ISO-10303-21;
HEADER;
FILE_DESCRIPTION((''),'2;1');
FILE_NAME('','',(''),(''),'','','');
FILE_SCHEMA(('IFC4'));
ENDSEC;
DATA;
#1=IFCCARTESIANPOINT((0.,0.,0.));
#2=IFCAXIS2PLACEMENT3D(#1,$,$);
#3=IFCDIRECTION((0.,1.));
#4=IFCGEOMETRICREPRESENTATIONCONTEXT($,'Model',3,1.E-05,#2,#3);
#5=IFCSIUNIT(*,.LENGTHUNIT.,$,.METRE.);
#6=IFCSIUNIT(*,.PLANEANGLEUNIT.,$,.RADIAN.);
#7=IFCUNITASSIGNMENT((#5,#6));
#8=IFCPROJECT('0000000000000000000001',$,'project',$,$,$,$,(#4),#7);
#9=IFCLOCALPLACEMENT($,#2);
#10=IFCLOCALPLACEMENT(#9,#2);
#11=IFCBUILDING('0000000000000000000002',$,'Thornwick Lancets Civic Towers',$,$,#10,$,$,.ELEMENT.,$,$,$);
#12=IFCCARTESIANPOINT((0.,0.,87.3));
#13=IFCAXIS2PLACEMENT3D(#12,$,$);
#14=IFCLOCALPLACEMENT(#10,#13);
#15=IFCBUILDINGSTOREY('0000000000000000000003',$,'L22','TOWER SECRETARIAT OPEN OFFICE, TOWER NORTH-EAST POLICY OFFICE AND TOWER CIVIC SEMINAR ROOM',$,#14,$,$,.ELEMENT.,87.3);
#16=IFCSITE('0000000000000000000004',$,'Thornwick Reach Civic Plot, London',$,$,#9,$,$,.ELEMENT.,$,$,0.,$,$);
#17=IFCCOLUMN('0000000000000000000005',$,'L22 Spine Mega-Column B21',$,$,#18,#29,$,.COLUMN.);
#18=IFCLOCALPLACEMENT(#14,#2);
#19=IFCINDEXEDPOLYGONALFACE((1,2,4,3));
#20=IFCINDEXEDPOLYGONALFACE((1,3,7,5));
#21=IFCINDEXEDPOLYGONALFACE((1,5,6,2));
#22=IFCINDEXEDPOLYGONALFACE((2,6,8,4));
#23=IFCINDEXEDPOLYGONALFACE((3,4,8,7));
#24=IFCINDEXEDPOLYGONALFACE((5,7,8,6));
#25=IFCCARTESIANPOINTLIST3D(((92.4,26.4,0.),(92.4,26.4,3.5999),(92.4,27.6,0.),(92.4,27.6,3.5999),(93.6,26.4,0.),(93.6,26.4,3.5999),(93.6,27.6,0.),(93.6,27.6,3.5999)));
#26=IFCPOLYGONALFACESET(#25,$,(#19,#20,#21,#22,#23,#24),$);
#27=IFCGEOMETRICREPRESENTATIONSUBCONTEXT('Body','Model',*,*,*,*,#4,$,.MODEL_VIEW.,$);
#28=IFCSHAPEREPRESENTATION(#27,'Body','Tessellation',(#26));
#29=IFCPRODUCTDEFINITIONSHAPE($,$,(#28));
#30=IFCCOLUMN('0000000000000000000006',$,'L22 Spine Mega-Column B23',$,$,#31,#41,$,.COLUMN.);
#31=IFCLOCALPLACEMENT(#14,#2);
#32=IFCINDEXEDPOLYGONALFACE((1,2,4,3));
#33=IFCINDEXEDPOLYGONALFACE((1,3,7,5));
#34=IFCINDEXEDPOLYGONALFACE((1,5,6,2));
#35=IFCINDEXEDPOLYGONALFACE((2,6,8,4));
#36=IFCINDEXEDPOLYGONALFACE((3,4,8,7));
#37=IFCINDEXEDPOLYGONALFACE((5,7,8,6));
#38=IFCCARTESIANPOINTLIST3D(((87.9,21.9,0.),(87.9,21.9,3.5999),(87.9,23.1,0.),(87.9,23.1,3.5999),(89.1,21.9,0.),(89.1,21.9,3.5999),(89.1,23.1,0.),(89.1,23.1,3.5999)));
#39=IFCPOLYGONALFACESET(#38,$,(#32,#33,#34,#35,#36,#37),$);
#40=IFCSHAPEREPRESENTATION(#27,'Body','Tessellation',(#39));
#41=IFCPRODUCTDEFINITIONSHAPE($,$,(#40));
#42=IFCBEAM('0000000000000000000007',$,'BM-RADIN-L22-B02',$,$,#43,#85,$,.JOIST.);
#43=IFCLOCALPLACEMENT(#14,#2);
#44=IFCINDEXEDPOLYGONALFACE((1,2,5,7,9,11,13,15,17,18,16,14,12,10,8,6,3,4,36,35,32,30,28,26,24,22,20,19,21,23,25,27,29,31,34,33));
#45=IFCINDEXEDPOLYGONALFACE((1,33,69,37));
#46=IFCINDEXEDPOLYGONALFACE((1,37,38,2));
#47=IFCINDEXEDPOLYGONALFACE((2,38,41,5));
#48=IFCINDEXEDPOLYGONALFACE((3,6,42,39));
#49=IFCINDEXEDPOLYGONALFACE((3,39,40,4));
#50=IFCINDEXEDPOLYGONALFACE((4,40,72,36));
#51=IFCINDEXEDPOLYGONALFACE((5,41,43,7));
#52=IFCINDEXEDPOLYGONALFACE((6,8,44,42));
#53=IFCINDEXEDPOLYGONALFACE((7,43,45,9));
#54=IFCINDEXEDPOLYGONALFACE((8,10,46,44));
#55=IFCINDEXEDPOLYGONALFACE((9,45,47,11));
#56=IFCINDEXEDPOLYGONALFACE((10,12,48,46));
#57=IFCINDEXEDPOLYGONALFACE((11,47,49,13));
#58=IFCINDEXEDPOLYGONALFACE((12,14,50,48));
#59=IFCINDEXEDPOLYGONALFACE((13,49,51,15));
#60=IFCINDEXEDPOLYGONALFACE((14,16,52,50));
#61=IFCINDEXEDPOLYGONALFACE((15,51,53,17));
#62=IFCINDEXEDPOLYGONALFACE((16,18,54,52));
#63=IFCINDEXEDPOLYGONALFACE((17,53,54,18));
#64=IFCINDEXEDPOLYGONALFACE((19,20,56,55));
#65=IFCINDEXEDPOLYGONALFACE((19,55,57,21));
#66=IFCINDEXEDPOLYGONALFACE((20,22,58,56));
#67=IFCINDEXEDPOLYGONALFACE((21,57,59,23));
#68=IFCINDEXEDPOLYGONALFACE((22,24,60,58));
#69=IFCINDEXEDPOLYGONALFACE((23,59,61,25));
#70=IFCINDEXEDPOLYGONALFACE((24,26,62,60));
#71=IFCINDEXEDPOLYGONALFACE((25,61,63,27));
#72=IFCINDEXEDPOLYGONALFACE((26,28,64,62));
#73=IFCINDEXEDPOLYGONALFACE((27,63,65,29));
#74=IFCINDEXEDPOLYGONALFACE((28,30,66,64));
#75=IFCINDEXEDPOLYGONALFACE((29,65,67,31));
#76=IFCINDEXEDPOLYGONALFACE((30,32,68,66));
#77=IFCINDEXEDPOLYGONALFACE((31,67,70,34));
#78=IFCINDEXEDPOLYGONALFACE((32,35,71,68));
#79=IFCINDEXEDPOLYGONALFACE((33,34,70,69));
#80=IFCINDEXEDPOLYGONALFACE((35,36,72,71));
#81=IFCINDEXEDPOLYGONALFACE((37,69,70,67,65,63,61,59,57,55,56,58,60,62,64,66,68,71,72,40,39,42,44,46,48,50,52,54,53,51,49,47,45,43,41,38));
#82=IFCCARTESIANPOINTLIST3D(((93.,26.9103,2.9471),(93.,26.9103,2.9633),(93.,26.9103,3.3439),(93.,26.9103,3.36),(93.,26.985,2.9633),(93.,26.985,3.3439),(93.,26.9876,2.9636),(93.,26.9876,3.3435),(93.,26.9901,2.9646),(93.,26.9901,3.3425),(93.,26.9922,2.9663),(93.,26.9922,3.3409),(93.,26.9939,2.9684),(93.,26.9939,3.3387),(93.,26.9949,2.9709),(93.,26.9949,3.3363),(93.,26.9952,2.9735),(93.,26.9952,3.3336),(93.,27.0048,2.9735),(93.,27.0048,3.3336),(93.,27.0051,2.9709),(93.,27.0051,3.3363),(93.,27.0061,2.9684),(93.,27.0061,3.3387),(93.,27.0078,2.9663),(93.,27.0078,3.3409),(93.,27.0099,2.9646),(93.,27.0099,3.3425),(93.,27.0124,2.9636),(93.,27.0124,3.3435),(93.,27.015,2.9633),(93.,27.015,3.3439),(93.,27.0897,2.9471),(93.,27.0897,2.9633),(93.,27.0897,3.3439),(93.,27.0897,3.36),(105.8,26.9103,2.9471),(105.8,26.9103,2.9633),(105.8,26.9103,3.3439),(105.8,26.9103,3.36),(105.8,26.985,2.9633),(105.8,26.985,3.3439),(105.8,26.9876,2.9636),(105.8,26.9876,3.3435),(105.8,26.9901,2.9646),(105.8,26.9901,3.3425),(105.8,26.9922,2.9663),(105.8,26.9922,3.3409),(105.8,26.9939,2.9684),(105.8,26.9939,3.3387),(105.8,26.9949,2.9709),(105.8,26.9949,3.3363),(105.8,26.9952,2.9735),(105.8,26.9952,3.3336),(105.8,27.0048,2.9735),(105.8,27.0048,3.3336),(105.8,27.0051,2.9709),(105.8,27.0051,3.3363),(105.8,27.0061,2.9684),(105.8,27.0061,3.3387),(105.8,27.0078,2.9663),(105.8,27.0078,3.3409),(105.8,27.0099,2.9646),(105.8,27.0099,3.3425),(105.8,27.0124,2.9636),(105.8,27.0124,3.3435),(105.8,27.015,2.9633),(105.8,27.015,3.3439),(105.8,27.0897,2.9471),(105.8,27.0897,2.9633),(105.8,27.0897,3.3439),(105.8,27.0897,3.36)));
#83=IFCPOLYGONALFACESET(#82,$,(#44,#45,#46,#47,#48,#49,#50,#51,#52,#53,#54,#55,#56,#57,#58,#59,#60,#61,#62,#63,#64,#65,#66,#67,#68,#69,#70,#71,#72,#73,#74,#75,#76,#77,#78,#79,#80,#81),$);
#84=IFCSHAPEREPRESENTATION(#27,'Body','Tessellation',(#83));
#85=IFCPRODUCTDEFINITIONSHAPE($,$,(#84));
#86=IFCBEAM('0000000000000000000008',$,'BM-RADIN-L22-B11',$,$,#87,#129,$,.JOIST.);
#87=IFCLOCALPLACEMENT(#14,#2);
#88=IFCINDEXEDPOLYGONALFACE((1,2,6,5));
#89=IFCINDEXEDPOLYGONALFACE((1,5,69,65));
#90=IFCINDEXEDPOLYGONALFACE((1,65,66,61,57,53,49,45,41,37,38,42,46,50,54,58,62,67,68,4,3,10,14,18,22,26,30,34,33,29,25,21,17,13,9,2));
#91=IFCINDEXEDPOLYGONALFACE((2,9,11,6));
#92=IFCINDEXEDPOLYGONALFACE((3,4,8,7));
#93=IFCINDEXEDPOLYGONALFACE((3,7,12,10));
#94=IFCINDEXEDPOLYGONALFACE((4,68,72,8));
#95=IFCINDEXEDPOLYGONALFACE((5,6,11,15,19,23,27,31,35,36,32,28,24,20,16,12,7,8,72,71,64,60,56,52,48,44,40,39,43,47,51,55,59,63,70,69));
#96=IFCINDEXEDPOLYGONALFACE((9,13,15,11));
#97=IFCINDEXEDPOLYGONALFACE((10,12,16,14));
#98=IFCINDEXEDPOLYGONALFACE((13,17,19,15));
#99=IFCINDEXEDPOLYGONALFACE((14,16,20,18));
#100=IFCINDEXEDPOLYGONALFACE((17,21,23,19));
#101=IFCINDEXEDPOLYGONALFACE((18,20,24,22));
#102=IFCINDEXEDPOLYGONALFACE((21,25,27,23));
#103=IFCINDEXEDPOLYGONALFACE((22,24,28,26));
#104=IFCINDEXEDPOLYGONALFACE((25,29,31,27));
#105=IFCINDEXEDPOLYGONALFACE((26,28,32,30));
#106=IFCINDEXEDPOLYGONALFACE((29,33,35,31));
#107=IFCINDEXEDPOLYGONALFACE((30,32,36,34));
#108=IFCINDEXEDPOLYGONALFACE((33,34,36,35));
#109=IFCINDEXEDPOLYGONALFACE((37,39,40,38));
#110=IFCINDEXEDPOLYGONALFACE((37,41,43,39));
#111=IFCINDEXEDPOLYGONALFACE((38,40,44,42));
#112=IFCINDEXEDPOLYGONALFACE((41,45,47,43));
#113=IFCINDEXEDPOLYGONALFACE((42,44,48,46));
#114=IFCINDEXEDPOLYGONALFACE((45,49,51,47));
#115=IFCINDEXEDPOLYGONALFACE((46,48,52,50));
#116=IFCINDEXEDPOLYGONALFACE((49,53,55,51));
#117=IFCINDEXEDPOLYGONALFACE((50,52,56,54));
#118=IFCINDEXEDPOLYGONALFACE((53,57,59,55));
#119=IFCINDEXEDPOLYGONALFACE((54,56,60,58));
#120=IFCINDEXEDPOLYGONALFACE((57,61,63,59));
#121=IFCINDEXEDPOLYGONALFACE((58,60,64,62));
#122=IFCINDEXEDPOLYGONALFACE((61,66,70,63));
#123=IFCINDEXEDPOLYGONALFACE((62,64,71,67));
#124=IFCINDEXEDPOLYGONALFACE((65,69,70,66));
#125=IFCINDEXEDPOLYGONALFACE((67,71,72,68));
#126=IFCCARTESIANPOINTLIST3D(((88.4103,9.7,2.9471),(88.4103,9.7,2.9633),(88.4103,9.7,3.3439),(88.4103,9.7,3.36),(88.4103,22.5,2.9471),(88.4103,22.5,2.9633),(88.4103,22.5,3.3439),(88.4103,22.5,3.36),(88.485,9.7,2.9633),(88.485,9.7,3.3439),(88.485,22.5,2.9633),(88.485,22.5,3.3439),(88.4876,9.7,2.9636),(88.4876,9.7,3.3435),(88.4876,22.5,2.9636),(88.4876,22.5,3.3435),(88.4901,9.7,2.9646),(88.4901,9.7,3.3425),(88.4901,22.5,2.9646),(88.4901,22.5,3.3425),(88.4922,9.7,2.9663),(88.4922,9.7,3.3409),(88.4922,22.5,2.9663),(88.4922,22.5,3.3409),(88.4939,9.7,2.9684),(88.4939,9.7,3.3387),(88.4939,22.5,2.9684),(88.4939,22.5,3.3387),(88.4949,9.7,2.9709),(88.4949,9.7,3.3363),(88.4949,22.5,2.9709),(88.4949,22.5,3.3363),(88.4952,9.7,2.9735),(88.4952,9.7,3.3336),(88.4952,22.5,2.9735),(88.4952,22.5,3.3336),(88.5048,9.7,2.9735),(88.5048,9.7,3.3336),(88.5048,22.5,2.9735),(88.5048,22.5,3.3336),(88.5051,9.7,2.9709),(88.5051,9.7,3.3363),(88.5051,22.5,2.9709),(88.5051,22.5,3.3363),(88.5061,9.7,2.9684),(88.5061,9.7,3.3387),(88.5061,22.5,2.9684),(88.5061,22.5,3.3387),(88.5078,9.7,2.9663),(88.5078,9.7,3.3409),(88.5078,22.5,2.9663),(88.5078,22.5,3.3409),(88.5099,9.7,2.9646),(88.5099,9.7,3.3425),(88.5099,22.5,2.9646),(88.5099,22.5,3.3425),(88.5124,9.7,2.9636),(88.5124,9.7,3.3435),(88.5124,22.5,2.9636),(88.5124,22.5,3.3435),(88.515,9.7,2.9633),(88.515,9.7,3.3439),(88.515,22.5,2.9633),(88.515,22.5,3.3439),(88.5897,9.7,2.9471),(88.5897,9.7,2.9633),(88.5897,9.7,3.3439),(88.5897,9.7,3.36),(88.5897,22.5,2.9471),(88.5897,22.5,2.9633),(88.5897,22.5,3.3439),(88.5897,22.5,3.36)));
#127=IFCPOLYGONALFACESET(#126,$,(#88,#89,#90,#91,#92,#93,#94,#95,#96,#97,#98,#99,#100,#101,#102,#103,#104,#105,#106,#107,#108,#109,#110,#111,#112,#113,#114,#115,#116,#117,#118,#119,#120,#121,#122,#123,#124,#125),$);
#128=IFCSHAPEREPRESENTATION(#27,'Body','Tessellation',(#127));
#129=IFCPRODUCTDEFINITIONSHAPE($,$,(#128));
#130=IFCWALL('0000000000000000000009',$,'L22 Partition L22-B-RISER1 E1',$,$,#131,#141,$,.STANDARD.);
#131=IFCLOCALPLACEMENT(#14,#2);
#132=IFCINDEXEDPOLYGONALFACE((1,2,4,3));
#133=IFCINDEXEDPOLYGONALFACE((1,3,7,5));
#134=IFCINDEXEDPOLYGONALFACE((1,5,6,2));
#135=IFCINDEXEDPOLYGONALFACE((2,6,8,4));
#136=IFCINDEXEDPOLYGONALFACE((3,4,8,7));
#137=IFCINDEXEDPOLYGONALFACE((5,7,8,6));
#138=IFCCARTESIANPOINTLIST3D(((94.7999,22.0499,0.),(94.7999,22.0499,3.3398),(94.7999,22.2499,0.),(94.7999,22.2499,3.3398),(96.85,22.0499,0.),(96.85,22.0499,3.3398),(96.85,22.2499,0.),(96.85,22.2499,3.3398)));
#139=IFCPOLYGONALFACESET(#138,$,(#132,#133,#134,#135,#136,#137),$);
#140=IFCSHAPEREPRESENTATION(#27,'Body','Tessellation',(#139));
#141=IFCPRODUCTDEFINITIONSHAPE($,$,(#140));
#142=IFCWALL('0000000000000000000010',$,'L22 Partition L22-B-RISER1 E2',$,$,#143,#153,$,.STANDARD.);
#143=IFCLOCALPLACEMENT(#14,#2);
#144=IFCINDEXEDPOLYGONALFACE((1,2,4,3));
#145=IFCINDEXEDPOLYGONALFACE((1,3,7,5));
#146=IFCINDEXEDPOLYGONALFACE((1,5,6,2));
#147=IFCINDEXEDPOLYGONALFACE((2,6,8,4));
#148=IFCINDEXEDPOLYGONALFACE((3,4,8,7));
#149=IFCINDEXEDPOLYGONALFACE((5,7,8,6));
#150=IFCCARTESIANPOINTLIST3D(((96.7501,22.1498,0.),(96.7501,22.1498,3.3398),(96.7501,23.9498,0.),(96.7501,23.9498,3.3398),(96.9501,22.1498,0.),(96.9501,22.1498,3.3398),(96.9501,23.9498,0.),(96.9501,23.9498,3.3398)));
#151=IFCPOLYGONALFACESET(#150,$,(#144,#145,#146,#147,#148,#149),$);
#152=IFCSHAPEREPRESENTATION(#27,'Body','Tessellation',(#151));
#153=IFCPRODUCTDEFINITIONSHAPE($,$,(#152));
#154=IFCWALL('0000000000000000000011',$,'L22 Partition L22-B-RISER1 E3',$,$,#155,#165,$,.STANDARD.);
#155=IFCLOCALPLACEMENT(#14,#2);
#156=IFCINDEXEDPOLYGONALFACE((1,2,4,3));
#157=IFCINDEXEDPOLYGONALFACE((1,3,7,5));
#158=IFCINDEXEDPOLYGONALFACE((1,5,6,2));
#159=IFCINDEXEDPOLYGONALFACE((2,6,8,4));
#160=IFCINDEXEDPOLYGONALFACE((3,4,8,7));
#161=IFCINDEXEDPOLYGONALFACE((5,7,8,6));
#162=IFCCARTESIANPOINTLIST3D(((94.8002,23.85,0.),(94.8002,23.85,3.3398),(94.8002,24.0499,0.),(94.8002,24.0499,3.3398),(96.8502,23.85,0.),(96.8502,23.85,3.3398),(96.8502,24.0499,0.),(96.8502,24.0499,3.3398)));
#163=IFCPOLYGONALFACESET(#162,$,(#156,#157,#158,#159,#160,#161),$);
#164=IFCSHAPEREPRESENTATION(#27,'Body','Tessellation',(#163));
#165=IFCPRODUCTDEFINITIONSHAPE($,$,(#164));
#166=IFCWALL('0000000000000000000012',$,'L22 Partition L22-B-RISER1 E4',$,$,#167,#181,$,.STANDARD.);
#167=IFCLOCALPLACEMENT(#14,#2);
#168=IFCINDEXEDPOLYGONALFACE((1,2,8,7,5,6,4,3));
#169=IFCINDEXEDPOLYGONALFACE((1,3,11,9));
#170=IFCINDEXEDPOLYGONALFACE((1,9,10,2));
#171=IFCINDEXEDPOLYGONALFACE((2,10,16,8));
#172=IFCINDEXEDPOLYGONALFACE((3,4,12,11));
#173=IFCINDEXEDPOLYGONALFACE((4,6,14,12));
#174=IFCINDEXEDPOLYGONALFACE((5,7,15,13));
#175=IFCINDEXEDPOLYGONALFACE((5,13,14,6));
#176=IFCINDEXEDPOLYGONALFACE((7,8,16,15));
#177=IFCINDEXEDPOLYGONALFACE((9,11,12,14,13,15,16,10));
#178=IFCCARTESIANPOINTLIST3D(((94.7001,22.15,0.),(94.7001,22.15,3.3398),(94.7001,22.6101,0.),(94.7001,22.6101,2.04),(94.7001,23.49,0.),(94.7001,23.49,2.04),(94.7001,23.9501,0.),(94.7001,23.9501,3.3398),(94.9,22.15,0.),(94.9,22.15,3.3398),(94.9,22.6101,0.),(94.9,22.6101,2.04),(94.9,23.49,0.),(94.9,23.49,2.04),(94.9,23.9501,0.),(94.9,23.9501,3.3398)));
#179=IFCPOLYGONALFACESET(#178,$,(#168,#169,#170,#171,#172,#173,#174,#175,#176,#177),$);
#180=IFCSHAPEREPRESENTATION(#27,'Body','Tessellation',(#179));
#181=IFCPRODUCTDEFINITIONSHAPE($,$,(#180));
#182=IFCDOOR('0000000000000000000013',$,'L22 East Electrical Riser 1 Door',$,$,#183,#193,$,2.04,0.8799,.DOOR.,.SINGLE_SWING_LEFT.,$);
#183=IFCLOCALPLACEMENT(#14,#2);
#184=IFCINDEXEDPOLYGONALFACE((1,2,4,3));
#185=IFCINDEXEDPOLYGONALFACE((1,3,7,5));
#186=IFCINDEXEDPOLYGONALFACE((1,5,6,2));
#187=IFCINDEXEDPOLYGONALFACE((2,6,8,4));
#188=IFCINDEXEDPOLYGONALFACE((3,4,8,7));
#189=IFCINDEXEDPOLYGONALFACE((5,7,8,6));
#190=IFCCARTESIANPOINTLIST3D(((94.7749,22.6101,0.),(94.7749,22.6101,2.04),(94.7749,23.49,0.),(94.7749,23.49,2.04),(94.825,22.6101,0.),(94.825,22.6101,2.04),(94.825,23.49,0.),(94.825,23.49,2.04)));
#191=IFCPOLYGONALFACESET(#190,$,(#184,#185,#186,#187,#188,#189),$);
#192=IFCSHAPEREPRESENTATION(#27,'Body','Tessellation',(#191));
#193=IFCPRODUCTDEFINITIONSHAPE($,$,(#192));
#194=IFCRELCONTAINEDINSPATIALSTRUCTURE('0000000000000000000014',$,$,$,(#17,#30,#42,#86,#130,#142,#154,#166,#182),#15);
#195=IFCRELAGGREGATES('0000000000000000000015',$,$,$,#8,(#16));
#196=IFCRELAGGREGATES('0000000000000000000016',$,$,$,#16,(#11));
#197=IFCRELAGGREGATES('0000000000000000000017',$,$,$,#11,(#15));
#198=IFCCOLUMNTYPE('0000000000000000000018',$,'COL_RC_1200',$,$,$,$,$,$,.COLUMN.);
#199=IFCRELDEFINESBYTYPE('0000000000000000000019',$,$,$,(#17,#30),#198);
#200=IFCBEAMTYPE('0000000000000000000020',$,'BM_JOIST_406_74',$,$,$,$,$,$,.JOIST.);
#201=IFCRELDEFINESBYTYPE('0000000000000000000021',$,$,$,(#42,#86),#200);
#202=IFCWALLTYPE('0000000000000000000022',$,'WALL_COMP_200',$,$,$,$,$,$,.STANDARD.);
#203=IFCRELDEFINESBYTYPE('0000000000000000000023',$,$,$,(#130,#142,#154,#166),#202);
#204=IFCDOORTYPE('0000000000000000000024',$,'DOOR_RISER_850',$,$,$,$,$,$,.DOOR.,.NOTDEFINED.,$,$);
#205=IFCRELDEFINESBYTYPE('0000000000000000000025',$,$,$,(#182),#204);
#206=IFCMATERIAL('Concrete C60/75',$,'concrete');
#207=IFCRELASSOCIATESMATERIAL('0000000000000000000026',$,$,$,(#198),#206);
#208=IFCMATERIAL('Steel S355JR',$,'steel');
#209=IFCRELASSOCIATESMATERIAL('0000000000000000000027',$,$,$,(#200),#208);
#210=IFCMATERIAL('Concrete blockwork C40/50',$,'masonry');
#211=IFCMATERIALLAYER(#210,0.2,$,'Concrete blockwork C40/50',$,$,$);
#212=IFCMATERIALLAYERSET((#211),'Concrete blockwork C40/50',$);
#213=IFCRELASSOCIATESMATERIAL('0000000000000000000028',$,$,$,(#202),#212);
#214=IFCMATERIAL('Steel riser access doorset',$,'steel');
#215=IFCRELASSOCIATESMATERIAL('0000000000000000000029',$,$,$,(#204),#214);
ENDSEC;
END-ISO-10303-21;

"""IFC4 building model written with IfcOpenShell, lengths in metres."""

from ifc_helpers import new_model, si_unit, direction, frame, frame_2d, origin, origin_2d, place, context, subcontext, project, spatial, rectangle, i_section, extrude, material, layer, layer_set, material_profile, profile_set, type_object, element, fill, save


model = new_model("IFC4")

# Units and contexts
model_context = context("Model", 3, precision=1e-05, world=origin(), true_north=direction((0.0, 1.0)))
body_context = subcontext(model_context, "Body", "Model", "MODEL_VIEW")
ifc_project = project(units=[si_unit("LENGTHUNIT", "METRE"), si_unit("PLANEANGLEUNIT", "RADIAN")], contexts=[model_context])

# Site, building, storey
site_placement = place(None, origin())
site = spatial("IfcSite", under=ifc_project, at=site_placement, Name="Thornwick Reach Civic Plot, London", CompositionType="ELEMENT", RefElevation=0.0)
building_placement = place(site_placement, origin())
building = spatial("IfcBuilding", under=site, at=building_placement, Name="Thornwick Lancets Civic Towers", CompositionType="ELEMENT")
storey_placement = place(building_placement, frame((0.0, 0.0, 87.3)))
storey = spatial("IfcBuildingStorey", under=building, at=storey_placement, Name="L22", Description="TOWER SECRETARIAT OPEN OFFICE, TOWER NORTH-EAST POLICY OFFICE AND TOWER CIVIC SEMINAR ROOM", CompositionType="ELEMENT", Elevation=87.3)

# Columns
ifc_material_1 = material(Name="Concrete C60/75", Category="concrete")
ifc_material_profile_1 = material_profile(ifc_material_1, rectangle(XDim=1.2, YDim=1.2, at=origin_2d()), Name="RC 1200x1200")
ifc_profile_set_1 = profile_set([ifc_material_profile_1], Name="Concrete C60/75")
column_type = type_object("IfcColumnType", Name="COL_RC_1200", PredefinedType="COLUMN", material=ifc_profile_set_1)
for number, where, z_axis, x_axis, name in (
    (1, (93.0, 27.0, 0.0), (0.0, 0.0, 1.0), (1.0, 0.0, 0.0), "L22 Spine Mega-Column B21"),
    (2, (88.5, 22.5, 0.0), (0.0, 0.0, 1.0), (1.0, 0.0, 0.0), "L22 Spine Mega-Column B23"),
):
    element("IfcColumn", number, at=place(storey_placement, frame(where, z_axis=z_axis, x_axis=x_axis)), inside=storey, type_object=column_type, Name=name, PredefinedType="COLUMN", context=body_context, shape_type="SweptSolid", body=[
        extrude(rectangle(XDim=1.2, YDim=1.2, at=origin_2d()), origin(), (0.0, 0.0, 1.0), 3.5999),
    ])

# Beams
ifc_material_2 = material(Name="Steel S355JR", Category="steel")
ifc_material_profile_2 = material_profile(ifc_material_2, i_section(OverallWidth=0.1794, OverallDepth=0.4128, WebThickness=0.0095, FlangeThickness=0.0161, FilletRadius=0.0103, at=origin_2d()), Name="UKB 406x178x74")
ifc_profile_set_2 = profile_set([ifc_material_profile_2], Name="Steel S355JR")
beam_type = type_object("IfcBeamType", Name="BM_JOIST_406_74", PredefinedType="JOIST", material=ifc_profile_set_2)
for number, where, z_axis, x_axis, name in (
    (3, (93.0, 27.0, 3.1536), (1.0, 0.0, 0.0), (0.0, 1.0, 0.0), "BM-RADIN-L22-B02"),
    (4, (88.5, 22.5, 3.1536), (0.0, -1.0, 0.0), (1.0, 0.0, 0.0), "BM-RADIN-L22-B11"),
):
    element("IfcBeam", number, at=place(storey_placement, frame(where, z_axis=z_axis, x_axis=x_axis)), inside=storey, type_object=beam_type, Name=name, PredefinedType="JOIST", context=body_context, shape_type="SweptSolid", body=[
        extrude(i_section(OverallWidth=0.1794, OverallDepth=0.4128, WebThickness=0.0095, FlangeThickness=0.0161, FilletRadius=0.0103, at=origin_2d()), origin(), (0.0, 0.0, 1.0), 12.8),
    ])

# Walls
ifc_material_3 = material(Name="Concrete blockwork C40/50", Category="masonry")
ifc_layer_1 = layer(ifc_material_3, 0.2, Name="Concrete blockwork C40/50")
ifc_layer_set_1 = layer_set([ifc_layer_1], Name="Concrete blockwork C40/50")
wall_type_1 = type_object("IfcWallType", Name="WALL_COMP_200", PredefinedType="STANDARD", material=ifc_layer_set_1)
wall_1_placement = place(storey_placement, frame((94.8, 22.1499, 0.0), z_axis=(0.0, 0.0, 1.0), x_axis=(1.0, 0.0, 0.0)))
element("IfcWall", 5, at=wall_1_placement, inside=storey, type_object=wall_type_1, Name="L22 Partition L22-B-RISER1 E1", PredefinedType="STANDARD", context=body_context, shape_type="SweptSolid", body=[
    extrude(rectangle(XDim=2.05, YDim=0.2, at=frame_2d((1.0249, 0.0))), origin(), (0.0, 0.0, 1.0), 3.3398),
])
wall_2_placement = place(storey_placement, frame((96.8501, 22.1499, 0.0), z_axis=(0.0, 0.0, 1.0), x_axis=(0.0, 1.0, 0.0)))
element("IfcWall", 6, at=wall_2_placement, inside=storey, type_object=wall_type_1, Name="L22 Partition L22-B-RISER1 E2", PredefinedType="STANDARD", context=body_context, shape_type="SweptSolid", body=[
    extrude(rectangle(XDim=1.8, YDim=0.2, at=frame_2d((0.8999, 0.0))), origin(), (0.0, 0.0, 1.0), 3.3398),
])
wall_3_placement = place(storey_placement, frame((96.8501, 23.95, 0.0), z_axis=(0.0, 0.0, 1.0), x_axis=(-1.0, 0.0, 0.0)))
element("IfcWall", 7, at=wall_3_placement, inside=storey, type_object=wall_type_1, Name="L22 Partition L22-B-RISER1 E3", PredefinedType="STANDARD", context=body_context, shape_type="SweptSolid", body=[
    extrude(rectangle(XDim=2.05, YDim=0.2, at=frame_2d((1.0249, 0.0))), origin(), (0.0, 0.0, 1.0), 3.3398),
])

# Wall, opening, door
wall_4_placement = place(storey_placement, frame((94.8, 23.95, 0.0), z_axis=(0.0, 0.0, 1.0), x_axis=(0.0, -1.0, 0.0)))
wall_4 = element("IfcWall", 8, at=wall_4_placement, inside=storey, type_object=wall_type_1, Name="L22 Partition L22-B-RISER1 E4", PredefinedType="STANDARD", context=body_context, shape_type="SweptSolid", body=[
    extrude(rectangle(XDim=1.8, YDim=0.2, at=frame_2d((0.8999, 0.0))), origin(), (0.0, 0.0, 1.0), 3.3398),
])
opening_1_placement = place(wall_4_placement, frame((0.46, 0.0, 0.0)))
opening_1 = element("IfcOpeningElement", 9, at=opening_1_placement, cuts=wall_4, PredefinedType="OPENING", context=body_context, shape_type="SweptSolid", body=[
    extrude(rectangle(XDim=0.8799, YDim=2.04, at=frame_2d((0.4399, 1.02))), frame((0.0, 0.1099, 0.0), z_axis=(0.0, -1.0, 0.0), x_axis=(1.0, 0.0, 0.0)), (0.0, 0.0, 1.0), 0.22),
])
ifc_material_4 = material(Name="Steel riser access doorset", Category="steel")
door_type_1 = type_object("IfcDoorType", Name="DOOR_RISER_850", OperationType="NOTDEFINED", PredefinedType="DOOR", material=ifc_material_4)
door_1_placement = place(opening_1_placement, origin())
door_1 = element("IfcDoor", 10, at=door_1_placement, inside=storey, type_object=door_type_1, Name="L22 East Electrical Riser 1 Door", OperationType="SINGLE_SWING_LEFT", OverallHeight=2.04, OverallWidth=0.8799, PredefinedType="DOOR", context=body_context, shape_type="SweptSolid", body=[
    extrude(rectangle(XDim=0.8799, YDim=2.04, at=frame_2d((0.4399, 1.02))), frame((0.0, 0.0249, 0.0), z_axis=(0.0, -1.0, 0.0), x_axis=(1.0, 0.0, 0.0)), (0.0, 0.0, 1.0), 0.05),
])
fill(opening_1, door_1)

save(model, "model.ifc")
